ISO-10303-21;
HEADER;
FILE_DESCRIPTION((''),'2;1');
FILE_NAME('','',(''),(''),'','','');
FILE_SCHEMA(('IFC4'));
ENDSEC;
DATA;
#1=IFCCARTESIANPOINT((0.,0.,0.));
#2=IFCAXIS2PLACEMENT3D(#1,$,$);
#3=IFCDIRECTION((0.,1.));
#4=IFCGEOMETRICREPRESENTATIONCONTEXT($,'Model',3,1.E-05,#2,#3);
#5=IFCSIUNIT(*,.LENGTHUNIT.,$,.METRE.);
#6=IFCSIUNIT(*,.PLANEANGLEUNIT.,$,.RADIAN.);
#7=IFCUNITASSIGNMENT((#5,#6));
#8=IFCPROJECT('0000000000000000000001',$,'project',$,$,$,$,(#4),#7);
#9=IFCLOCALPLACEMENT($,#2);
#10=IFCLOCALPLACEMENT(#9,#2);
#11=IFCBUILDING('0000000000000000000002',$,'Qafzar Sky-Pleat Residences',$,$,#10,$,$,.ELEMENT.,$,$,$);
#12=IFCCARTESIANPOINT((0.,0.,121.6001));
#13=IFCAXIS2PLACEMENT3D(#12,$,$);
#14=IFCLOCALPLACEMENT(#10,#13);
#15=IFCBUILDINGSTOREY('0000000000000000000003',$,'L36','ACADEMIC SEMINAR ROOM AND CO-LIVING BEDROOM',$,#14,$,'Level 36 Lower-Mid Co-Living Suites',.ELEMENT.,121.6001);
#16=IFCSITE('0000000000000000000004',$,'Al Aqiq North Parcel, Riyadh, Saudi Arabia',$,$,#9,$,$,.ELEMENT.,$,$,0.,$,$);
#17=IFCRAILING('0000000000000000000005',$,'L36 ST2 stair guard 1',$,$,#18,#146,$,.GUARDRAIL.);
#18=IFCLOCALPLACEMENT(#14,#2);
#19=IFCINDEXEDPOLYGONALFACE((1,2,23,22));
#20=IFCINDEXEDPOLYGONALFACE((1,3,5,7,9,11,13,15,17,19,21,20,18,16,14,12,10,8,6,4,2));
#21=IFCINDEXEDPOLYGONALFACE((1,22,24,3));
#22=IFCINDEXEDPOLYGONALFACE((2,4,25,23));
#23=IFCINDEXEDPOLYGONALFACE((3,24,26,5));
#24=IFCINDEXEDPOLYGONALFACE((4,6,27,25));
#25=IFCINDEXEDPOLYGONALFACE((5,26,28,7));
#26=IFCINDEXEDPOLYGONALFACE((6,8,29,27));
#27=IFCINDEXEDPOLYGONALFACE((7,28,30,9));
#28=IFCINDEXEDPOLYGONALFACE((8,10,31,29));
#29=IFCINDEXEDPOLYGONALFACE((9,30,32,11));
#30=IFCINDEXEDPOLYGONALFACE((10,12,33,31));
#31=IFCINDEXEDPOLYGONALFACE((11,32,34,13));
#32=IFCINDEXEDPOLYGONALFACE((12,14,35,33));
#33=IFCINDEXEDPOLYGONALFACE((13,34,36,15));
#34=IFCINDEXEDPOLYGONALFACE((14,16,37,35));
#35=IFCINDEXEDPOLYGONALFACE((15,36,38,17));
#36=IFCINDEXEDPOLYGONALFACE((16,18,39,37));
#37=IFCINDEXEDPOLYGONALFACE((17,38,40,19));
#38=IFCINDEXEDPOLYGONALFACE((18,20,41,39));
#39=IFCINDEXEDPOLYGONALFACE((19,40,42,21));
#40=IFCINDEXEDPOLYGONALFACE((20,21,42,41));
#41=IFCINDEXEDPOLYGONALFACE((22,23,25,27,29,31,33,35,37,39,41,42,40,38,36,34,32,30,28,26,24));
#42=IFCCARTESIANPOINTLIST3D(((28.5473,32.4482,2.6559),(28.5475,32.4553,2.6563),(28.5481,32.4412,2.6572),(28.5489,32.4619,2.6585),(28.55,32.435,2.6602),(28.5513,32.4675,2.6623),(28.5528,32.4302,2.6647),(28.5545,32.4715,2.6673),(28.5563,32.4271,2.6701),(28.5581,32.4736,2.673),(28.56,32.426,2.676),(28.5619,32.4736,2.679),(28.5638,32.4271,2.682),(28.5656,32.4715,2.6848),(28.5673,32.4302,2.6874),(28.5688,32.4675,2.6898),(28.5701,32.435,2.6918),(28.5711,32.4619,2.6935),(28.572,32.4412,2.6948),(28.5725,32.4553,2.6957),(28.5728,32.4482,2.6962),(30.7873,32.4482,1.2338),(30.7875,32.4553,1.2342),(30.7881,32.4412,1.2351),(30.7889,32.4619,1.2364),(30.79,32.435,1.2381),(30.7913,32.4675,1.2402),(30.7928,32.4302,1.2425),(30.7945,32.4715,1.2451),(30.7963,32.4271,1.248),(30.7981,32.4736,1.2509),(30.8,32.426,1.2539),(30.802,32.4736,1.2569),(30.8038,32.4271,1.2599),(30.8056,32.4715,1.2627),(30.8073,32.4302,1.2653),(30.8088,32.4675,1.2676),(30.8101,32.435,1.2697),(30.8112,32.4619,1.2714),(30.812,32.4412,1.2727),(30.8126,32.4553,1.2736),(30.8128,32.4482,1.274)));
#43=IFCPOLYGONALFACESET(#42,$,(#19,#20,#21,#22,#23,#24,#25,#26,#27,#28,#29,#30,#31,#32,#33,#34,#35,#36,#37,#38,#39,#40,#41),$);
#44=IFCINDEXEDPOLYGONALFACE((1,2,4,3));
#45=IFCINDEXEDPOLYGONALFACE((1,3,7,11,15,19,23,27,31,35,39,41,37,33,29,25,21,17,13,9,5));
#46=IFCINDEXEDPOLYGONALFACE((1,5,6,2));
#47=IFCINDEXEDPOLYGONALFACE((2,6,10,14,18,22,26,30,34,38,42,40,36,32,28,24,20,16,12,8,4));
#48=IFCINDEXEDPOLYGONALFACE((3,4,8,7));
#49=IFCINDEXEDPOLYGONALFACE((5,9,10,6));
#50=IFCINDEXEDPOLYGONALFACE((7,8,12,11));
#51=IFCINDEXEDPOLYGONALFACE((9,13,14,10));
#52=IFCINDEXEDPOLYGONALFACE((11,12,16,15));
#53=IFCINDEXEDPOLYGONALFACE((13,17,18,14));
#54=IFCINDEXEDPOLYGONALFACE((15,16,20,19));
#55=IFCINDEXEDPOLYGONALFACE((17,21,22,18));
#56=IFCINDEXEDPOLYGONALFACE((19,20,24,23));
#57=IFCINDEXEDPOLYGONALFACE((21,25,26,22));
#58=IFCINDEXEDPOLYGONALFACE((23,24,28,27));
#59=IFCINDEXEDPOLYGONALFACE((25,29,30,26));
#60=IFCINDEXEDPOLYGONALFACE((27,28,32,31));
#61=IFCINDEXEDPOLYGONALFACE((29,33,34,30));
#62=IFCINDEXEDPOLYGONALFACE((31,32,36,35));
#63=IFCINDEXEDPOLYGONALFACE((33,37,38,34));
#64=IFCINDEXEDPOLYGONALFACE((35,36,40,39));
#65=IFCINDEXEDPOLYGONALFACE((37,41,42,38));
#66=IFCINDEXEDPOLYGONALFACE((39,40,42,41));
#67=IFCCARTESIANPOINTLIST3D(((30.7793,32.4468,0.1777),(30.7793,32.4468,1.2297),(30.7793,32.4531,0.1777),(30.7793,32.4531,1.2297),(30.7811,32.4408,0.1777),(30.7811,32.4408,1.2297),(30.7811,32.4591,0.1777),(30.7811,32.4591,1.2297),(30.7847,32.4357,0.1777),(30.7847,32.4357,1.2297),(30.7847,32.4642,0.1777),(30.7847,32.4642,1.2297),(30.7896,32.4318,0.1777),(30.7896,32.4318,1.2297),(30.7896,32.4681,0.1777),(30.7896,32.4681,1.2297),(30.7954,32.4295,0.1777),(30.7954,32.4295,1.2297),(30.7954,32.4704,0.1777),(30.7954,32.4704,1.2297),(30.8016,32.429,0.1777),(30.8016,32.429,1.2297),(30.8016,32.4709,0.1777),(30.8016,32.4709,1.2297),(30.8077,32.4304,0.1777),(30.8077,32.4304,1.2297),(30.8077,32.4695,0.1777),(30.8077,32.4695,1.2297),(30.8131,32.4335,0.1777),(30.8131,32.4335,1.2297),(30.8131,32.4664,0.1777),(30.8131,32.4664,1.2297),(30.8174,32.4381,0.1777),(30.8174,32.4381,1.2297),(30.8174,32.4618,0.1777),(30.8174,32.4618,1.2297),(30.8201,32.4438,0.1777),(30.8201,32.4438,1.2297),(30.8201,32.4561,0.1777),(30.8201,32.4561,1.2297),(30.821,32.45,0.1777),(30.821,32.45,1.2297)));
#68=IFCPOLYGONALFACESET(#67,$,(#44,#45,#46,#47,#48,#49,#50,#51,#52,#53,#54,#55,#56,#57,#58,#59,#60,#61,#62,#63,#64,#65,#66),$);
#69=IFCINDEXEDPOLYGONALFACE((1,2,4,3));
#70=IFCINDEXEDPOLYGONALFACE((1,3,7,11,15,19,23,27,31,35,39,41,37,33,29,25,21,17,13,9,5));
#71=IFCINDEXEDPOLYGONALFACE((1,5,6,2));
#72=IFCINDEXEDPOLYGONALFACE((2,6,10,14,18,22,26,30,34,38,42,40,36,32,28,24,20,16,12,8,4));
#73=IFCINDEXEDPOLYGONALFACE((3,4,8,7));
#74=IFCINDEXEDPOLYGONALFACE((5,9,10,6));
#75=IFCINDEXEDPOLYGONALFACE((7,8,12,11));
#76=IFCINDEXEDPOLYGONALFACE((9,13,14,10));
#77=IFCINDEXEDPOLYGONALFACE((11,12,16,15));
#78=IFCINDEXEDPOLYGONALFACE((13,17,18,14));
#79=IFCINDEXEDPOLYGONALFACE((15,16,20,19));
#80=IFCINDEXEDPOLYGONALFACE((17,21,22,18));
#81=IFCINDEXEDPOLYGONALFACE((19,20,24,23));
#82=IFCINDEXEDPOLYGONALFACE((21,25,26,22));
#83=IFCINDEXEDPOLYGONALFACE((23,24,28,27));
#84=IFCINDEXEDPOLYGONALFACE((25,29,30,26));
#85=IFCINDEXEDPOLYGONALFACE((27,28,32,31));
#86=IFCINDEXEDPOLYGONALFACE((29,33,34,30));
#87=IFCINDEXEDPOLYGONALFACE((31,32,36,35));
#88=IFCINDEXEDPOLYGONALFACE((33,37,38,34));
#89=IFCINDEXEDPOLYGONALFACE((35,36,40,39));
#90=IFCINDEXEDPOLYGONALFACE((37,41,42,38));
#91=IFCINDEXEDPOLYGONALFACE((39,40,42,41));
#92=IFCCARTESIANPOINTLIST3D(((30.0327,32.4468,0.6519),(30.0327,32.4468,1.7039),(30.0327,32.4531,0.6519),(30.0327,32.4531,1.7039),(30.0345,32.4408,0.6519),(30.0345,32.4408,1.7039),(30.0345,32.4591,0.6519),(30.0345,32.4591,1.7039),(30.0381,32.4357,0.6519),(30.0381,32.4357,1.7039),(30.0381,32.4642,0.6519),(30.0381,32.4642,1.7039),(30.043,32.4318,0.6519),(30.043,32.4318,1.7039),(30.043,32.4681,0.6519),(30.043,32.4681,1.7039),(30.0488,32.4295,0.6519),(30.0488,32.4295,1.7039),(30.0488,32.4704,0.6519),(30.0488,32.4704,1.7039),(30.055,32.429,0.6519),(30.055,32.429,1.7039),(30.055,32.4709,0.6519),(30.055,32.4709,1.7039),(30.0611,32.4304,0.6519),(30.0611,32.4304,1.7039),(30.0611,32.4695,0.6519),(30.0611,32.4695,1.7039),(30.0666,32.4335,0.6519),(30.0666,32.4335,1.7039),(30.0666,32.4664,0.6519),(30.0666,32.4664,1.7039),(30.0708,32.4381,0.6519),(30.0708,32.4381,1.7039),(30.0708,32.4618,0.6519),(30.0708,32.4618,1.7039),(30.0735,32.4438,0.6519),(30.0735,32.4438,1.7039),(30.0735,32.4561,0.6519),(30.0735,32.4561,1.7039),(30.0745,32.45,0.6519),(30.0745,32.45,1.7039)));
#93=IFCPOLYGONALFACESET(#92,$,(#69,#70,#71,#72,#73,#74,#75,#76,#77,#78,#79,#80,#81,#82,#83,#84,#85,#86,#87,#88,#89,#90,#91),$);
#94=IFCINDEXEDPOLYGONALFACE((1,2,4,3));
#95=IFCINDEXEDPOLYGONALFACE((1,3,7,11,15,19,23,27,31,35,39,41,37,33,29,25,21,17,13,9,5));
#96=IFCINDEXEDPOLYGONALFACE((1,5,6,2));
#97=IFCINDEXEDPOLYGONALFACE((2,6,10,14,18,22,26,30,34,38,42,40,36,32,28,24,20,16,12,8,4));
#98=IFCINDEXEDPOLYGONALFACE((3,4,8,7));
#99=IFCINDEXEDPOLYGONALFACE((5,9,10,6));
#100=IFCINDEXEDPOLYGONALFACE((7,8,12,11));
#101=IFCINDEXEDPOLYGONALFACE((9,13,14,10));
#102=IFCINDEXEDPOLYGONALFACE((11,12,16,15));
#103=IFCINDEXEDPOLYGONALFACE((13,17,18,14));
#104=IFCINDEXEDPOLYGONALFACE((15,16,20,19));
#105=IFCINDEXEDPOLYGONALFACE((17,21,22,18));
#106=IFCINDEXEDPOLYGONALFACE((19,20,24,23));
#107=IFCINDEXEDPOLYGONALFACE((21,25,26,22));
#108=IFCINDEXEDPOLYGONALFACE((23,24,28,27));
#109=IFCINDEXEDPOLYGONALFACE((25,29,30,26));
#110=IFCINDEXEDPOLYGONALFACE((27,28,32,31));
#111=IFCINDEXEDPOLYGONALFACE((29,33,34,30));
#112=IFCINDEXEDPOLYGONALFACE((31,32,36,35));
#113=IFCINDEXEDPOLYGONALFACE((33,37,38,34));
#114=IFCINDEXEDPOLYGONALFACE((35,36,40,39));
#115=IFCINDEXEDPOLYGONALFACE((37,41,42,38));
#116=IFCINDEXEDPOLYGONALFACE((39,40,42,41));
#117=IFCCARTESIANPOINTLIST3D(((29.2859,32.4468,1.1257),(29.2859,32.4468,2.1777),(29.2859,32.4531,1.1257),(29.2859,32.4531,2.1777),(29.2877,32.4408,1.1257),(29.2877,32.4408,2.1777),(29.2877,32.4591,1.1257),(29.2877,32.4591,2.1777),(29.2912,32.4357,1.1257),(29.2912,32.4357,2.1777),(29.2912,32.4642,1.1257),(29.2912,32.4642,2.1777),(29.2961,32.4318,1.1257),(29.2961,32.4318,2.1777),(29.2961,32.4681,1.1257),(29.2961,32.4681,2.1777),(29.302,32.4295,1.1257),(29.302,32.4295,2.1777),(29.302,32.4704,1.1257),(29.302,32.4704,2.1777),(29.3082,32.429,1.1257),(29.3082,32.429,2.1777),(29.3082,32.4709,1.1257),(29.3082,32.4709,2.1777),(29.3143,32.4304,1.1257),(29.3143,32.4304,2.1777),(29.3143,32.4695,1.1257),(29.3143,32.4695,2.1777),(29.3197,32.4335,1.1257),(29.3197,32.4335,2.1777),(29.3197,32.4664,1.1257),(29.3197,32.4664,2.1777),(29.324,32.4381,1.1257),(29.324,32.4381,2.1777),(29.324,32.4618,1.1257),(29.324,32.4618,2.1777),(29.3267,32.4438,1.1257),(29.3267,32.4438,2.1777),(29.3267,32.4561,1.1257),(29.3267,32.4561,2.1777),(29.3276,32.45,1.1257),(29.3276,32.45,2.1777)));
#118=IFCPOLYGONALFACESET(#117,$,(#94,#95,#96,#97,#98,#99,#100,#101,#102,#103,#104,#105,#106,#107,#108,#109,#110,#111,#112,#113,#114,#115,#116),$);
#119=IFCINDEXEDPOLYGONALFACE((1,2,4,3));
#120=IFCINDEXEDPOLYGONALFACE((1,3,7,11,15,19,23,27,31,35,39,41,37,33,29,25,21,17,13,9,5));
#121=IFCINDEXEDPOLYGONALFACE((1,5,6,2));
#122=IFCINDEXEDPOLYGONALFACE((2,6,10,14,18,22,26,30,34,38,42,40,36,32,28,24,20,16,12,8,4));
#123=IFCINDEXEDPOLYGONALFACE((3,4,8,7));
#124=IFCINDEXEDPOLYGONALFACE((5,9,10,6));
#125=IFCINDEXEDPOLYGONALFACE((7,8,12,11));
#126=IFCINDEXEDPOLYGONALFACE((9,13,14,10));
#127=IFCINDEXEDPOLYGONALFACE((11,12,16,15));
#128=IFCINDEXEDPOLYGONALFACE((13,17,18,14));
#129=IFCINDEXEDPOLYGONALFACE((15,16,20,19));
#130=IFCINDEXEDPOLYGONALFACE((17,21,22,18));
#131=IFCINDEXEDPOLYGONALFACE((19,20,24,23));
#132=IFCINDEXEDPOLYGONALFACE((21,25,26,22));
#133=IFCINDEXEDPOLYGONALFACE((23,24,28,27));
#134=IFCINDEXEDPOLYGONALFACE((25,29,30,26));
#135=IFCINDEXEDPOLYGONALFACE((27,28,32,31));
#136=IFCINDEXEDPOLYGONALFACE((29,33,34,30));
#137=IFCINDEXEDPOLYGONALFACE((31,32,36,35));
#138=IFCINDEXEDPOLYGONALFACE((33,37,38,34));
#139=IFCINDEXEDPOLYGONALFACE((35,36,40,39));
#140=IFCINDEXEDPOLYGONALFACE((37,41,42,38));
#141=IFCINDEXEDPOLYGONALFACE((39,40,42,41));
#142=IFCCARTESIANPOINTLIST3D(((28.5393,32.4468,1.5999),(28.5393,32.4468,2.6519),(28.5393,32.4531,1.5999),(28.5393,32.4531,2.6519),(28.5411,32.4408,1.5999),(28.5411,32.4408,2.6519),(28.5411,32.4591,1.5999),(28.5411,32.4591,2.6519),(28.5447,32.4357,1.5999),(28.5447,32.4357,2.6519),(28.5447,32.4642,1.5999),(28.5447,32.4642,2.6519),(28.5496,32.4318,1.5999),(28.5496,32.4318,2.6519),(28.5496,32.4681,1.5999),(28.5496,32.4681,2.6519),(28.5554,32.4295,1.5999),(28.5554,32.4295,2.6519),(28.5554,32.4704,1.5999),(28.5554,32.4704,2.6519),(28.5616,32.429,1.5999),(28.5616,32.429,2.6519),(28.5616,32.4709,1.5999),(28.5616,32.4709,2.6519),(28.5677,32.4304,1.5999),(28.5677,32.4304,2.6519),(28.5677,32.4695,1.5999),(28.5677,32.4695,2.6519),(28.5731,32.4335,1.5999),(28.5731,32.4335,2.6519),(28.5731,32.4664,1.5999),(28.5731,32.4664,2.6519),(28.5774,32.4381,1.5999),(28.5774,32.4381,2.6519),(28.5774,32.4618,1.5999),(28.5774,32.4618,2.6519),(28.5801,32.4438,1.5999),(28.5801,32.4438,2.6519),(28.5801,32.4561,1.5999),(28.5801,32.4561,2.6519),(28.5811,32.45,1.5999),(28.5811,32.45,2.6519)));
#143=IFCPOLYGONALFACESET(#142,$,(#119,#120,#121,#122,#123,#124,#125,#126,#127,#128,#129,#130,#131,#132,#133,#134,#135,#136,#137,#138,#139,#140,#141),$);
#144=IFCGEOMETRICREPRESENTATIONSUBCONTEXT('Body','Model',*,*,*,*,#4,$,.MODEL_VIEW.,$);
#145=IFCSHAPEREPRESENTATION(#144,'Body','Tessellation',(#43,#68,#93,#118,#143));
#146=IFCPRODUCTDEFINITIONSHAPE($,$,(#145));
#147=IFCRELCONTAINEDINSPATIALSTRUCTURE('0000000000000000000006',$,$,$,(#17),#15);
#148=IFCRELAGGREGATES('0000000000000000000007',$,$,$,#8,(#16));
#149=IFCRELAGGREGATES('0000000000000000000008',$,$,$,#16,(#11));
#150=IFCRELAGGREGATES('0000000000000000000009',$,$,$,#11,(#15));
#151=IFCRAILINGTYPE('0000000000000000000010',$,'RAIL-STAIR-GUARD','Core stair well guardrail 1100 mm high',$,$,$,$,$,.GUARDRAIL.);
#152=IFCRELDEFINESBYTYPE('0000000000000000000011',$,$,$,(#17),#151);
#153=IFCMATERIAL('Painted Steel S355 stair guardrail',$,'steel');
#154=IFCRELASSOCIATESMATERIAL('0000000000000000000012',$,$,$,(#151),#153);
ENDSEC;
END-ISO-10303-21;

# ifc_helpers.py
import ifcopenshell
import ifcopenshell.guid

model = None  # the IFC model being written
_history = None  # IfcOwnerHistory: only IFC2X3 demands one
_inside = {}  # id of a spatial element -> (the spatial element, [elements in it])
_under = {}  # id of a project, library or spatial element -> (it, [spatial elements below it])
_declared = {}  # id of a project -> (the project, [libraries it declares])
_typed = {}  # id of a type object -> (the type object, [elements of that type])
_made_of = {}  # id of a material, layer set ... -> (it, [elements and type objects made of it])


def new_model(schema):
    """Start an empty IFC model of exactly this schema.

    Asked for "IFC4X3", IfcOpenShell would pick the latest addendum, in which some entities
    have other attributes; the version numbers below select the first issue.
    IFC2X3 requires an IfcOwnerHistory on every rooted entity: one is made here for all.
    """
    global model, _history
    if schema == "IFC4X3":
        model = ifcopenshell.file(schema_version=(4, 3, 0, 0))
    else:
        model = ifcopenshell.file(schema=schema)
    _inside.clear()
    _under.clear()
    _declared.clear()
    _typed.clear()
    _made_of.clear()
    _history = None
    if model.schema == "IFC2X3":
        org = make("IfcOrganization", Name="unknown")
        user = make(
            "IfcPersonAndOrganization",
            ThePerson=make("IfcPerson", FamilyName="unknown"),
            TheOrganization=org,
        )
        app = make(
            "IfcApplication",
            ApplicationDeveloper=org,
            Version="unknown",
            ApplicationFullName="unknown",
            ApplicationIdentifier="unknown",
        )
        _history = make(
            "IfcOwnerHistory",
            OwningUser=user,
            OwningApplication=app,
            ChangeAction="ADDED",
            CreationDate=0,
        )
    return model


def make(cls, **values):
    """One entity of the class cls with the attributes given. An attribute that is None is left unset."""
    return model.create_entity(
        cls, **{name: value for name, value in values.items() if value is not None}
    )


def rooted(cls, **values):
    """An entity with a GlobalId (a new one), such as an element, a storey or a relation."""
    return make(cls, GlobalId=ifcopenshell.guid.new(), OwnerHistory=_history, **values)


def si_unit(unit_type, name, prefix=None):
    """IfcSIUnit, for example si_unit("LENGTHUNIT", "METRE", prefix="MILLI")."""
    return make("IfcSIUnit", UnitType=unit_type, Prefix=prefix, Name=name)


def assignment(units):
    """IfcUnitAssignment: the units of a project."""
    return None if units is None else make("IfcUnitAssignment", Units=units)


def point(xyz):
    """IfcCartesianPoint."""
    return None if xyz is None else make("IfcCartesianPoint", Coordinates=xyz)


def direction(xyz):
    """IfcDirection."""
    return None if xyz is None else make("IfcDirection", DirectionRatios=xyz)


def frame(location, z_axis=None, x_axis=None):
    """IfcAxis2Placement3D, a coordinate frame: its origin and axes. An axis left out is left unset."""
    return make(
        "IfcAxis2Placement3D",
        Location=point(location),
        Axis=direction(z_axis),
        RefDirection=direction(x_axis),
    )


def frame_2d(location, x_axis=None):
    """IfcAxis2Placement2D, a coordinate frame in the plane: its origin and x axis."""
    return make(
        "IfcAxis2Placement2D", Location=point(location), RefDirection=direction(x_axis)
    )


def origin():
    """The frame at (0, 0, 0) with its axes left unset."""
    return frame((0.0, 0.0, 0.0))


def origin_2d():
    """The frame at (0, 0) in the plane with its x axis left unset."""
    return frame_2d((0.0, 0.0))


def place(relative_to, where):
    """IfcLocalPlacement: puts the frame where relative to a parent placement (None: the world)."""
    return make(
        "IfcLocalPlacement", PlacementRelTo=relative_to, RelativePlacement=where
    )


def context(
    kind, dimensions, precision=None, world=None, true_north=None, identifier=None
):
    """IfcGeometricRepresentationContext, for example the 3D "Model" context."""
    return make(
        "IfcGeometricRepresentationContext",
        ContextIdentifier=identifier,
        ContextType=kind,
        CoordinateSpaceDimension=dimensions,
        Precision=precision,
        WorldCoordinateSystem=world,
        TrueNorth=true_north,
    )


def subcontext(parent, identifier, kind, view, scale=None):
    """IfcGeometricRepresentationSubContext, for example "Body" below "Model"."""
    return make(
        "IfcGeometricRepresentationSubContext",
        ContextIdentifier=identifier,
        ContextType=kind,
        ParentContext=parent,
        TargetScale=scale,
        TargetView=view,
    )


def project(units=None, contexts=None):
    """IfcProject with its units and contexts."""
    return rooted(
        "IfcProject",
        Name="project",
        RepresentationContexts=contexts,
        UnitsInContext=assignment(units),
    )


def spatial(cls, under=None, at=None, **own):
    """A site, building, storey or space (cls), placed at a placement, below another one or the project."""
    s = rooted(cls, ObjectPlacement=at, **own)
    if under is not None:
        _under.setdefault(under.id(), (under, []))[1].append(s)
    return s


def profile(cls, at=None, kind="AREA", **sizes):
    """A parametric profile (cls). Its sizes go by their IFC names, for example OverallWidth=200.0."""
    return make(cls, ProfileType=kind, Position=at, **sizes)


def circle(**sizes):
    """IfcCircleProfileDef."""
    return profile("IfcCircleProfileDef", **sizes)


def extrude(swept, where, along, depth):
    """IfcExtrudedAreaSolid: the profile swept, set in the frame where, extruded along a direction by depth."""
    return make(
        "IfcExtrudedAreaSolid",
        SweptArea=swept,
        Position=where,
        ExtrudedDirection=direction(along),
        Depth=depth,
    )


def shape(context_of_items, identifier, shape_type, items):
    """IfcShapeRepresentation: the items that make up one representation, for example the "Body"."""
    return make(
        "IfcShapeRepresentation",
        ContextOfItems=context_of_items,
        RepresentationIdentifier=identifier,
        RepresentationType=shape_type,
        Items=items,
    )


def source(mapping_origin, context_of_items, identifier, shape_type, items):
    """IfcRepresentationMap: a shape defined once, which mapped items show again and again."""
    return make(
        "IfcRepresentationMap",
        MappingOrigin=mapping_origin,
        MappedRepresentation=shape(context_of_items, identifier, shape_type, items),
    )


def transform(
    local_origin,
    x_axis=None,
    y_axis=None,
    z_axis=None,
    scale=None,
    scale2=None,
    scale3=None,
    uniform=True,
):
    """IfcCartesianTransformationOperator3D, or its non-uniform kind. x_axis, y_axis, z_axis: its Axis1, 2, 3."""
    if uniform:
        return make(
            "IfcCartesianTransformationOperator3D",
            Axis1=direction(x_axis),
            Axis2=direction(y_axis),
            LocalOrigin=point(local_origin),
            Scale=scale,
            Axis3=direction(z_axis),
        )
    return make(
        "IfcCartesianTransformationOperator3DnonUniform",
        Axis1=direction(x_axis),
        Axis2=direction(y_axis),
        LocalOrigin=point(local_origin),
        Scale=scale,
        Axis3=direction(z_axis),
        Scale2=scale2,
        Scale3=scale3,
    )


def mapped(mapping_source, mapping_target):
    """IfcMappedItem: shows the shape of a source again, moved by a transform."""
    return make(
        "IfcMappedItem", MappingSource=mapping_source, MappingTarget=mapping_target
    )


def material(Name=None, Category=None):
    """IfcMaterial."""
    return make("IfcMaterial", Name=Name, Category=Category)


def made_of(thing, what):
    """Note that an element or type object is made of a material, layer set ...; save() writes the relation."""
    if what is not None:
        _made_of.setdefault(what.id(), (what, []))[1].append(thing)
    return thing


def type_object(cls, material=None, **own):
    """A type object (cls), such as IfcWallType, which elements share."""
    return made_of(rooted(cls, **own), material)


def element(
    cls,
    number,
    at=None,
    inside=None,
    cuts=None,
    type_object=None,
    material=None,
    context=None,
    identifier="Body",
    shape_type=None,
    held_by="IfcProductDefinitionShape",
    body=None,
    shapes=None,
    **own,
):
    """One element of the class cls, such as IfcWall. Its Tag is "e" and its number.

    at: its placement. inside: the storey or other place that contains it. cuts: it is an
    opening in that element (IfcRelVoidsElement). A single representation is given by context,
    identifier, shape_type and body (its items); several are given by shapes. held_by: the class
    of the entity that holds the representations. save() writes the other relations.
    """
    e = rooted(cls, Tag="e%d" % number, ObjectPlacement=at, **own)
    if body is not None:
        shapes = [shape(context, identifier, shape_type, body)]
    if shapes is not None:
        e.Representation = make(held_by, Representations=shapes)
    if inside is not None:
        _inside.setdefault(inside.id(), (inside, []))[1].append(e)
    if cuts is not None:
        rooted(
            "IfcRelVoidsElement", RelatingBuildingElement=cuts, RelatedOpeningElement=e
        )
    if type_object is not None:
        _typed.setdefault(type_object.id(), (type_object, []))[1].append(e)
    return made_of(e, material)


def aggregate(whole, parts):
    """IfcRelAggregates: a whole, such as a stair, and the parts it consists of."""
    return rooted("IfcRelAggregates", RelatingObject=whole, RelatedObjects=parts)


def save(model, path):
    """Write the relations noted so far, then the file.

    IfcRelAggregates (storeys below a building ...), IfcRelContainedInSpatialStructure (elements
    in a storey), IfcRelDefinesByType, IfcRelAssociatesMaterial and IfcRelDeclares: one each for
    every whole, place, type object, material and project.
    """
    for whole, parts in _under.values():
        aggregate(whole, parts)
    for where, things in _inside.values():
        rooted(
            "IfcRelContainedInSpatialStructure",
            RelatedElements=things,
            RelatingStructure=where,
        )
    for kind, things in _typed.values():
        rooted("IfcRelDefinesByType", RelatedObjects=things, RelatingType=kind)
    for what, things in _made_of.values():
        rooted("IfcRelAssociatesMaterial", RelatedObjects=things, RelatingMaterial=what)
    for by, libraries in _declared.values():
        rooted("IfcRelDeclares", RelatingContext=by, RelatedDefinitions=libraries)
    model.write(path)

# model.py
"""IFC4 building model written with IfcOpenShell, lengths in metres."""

from ifc_helpers import new_model, si_unit, direction, frame, origin, origin_2d, place, context, subcontext, project, spatial, circle, extrude, source, transform, mapped, material, type_object, element, save


model = new_model("IFC4")

# Units and contexts
model_context = context("Model", 3, precision=1e-05, world=origin(), true_north=direction((0.0, 1.0)))
body_context = subcontext(model_context, "Body", "Model", "MODEL_VIEW")
ifc_project = project(units=[si_unit("LENGTHUNIT", "METRE"), si_unit("PLANEANGLEUNIT", "RADIAN")], contexts=[model_context])

# Site, building, storey
site_placement = place(None, origin())
site = spatial("IfcSite", under=ifc_project, at=site_placement, Name="Al Aqiq North Parcel, Riyadh, Saudi Arabia", CompositionType="ELEMENT", RefElevation=0.0)
building_placement = place(site_placement, origin())
building = spatial("IfcBuilding", under=site, at=building_placement, Name="Qafzar Sky-Pleat Residences", CompositionType="ELEMENT")
storey_placement = place(building_placement, frame((0.0, 0.0, 121.6001)))
storey = spatial("IfcBuildingStorey", under=building, at=storey_placement, Name="L36", Description="ACADEMIC SEMINAR ROOM AND CO-LIVING BEDROOM", LongName="Level 36 Lower-Mid Co-Living Suites", CompositionType="ELEMENT", Elevation=121.6001)

# Railing
ifc_material_1 = material(Name="Painted Steel S355 stair guardrail", Category="steel")
railing_type_1 = type_object("IfcRailingType", Name="RAIL-STAIR-GUARD", Description="Core stair well guardrail 1100 mm high", PredefinedType="GUARDRAIL", material=ifc_material_1)
shared_shape_1 = source(origin(), body_context, "Body", "SweptSolid", [
    extrude(circle(Radius=0.0239, at=origin_2d()), frame((0.0, 0.0, 1.0762), z_axis=(-0.844229, 0.0, 0.535982), x_axis=(0.0, -1.0, 0.0)), (0.0, 0.0, 1.0), 2.6533),
    extrude(circle(Radius=0.021, at=origin_2d()), origin(), (0.0, 0.0, 1.0), 1.052),
    extrude(circle(Radius=0.021, at=origin_2d()), frame((-0.7466, 0.0, 0.4741)), (0.0, 0.0, 1.0), 1.052),
    extrude(circle(Radius=0.021, at=origin_2d()), frame((-1.4934, 0.0, 0.948)), (0.0, 0.0, 1.0), 1.052),
    extrude(circle(Radius=0.021, at=origin_2d()), frame((-2.24, 0.0, 1.4221)), (0.0, 0.0, 1.0), 1.052),
])
railing_1_placement = place(storey_placement, frame((30.8, 32.45, 0.1777)))
element("IfcRailing", 1, at=railing_1_placement, inside=storey, type_object=railing_type_1, Name="L36 ST2 stair guard 1", PredefinedType="GUARDRAIL", context=body_context, shape_type="MappedRepresentation", body=[
    mapped(shared_shape_1, transform((0.0, 0.0, 0.0), x_axis=(1.0, 0.0, 0.0), y_axis=(0.0, 1.0, 0.0), z_axis=(0.0, 0.0, 1.0), scale=1.0)),
])

save(model, "model.ifc")
